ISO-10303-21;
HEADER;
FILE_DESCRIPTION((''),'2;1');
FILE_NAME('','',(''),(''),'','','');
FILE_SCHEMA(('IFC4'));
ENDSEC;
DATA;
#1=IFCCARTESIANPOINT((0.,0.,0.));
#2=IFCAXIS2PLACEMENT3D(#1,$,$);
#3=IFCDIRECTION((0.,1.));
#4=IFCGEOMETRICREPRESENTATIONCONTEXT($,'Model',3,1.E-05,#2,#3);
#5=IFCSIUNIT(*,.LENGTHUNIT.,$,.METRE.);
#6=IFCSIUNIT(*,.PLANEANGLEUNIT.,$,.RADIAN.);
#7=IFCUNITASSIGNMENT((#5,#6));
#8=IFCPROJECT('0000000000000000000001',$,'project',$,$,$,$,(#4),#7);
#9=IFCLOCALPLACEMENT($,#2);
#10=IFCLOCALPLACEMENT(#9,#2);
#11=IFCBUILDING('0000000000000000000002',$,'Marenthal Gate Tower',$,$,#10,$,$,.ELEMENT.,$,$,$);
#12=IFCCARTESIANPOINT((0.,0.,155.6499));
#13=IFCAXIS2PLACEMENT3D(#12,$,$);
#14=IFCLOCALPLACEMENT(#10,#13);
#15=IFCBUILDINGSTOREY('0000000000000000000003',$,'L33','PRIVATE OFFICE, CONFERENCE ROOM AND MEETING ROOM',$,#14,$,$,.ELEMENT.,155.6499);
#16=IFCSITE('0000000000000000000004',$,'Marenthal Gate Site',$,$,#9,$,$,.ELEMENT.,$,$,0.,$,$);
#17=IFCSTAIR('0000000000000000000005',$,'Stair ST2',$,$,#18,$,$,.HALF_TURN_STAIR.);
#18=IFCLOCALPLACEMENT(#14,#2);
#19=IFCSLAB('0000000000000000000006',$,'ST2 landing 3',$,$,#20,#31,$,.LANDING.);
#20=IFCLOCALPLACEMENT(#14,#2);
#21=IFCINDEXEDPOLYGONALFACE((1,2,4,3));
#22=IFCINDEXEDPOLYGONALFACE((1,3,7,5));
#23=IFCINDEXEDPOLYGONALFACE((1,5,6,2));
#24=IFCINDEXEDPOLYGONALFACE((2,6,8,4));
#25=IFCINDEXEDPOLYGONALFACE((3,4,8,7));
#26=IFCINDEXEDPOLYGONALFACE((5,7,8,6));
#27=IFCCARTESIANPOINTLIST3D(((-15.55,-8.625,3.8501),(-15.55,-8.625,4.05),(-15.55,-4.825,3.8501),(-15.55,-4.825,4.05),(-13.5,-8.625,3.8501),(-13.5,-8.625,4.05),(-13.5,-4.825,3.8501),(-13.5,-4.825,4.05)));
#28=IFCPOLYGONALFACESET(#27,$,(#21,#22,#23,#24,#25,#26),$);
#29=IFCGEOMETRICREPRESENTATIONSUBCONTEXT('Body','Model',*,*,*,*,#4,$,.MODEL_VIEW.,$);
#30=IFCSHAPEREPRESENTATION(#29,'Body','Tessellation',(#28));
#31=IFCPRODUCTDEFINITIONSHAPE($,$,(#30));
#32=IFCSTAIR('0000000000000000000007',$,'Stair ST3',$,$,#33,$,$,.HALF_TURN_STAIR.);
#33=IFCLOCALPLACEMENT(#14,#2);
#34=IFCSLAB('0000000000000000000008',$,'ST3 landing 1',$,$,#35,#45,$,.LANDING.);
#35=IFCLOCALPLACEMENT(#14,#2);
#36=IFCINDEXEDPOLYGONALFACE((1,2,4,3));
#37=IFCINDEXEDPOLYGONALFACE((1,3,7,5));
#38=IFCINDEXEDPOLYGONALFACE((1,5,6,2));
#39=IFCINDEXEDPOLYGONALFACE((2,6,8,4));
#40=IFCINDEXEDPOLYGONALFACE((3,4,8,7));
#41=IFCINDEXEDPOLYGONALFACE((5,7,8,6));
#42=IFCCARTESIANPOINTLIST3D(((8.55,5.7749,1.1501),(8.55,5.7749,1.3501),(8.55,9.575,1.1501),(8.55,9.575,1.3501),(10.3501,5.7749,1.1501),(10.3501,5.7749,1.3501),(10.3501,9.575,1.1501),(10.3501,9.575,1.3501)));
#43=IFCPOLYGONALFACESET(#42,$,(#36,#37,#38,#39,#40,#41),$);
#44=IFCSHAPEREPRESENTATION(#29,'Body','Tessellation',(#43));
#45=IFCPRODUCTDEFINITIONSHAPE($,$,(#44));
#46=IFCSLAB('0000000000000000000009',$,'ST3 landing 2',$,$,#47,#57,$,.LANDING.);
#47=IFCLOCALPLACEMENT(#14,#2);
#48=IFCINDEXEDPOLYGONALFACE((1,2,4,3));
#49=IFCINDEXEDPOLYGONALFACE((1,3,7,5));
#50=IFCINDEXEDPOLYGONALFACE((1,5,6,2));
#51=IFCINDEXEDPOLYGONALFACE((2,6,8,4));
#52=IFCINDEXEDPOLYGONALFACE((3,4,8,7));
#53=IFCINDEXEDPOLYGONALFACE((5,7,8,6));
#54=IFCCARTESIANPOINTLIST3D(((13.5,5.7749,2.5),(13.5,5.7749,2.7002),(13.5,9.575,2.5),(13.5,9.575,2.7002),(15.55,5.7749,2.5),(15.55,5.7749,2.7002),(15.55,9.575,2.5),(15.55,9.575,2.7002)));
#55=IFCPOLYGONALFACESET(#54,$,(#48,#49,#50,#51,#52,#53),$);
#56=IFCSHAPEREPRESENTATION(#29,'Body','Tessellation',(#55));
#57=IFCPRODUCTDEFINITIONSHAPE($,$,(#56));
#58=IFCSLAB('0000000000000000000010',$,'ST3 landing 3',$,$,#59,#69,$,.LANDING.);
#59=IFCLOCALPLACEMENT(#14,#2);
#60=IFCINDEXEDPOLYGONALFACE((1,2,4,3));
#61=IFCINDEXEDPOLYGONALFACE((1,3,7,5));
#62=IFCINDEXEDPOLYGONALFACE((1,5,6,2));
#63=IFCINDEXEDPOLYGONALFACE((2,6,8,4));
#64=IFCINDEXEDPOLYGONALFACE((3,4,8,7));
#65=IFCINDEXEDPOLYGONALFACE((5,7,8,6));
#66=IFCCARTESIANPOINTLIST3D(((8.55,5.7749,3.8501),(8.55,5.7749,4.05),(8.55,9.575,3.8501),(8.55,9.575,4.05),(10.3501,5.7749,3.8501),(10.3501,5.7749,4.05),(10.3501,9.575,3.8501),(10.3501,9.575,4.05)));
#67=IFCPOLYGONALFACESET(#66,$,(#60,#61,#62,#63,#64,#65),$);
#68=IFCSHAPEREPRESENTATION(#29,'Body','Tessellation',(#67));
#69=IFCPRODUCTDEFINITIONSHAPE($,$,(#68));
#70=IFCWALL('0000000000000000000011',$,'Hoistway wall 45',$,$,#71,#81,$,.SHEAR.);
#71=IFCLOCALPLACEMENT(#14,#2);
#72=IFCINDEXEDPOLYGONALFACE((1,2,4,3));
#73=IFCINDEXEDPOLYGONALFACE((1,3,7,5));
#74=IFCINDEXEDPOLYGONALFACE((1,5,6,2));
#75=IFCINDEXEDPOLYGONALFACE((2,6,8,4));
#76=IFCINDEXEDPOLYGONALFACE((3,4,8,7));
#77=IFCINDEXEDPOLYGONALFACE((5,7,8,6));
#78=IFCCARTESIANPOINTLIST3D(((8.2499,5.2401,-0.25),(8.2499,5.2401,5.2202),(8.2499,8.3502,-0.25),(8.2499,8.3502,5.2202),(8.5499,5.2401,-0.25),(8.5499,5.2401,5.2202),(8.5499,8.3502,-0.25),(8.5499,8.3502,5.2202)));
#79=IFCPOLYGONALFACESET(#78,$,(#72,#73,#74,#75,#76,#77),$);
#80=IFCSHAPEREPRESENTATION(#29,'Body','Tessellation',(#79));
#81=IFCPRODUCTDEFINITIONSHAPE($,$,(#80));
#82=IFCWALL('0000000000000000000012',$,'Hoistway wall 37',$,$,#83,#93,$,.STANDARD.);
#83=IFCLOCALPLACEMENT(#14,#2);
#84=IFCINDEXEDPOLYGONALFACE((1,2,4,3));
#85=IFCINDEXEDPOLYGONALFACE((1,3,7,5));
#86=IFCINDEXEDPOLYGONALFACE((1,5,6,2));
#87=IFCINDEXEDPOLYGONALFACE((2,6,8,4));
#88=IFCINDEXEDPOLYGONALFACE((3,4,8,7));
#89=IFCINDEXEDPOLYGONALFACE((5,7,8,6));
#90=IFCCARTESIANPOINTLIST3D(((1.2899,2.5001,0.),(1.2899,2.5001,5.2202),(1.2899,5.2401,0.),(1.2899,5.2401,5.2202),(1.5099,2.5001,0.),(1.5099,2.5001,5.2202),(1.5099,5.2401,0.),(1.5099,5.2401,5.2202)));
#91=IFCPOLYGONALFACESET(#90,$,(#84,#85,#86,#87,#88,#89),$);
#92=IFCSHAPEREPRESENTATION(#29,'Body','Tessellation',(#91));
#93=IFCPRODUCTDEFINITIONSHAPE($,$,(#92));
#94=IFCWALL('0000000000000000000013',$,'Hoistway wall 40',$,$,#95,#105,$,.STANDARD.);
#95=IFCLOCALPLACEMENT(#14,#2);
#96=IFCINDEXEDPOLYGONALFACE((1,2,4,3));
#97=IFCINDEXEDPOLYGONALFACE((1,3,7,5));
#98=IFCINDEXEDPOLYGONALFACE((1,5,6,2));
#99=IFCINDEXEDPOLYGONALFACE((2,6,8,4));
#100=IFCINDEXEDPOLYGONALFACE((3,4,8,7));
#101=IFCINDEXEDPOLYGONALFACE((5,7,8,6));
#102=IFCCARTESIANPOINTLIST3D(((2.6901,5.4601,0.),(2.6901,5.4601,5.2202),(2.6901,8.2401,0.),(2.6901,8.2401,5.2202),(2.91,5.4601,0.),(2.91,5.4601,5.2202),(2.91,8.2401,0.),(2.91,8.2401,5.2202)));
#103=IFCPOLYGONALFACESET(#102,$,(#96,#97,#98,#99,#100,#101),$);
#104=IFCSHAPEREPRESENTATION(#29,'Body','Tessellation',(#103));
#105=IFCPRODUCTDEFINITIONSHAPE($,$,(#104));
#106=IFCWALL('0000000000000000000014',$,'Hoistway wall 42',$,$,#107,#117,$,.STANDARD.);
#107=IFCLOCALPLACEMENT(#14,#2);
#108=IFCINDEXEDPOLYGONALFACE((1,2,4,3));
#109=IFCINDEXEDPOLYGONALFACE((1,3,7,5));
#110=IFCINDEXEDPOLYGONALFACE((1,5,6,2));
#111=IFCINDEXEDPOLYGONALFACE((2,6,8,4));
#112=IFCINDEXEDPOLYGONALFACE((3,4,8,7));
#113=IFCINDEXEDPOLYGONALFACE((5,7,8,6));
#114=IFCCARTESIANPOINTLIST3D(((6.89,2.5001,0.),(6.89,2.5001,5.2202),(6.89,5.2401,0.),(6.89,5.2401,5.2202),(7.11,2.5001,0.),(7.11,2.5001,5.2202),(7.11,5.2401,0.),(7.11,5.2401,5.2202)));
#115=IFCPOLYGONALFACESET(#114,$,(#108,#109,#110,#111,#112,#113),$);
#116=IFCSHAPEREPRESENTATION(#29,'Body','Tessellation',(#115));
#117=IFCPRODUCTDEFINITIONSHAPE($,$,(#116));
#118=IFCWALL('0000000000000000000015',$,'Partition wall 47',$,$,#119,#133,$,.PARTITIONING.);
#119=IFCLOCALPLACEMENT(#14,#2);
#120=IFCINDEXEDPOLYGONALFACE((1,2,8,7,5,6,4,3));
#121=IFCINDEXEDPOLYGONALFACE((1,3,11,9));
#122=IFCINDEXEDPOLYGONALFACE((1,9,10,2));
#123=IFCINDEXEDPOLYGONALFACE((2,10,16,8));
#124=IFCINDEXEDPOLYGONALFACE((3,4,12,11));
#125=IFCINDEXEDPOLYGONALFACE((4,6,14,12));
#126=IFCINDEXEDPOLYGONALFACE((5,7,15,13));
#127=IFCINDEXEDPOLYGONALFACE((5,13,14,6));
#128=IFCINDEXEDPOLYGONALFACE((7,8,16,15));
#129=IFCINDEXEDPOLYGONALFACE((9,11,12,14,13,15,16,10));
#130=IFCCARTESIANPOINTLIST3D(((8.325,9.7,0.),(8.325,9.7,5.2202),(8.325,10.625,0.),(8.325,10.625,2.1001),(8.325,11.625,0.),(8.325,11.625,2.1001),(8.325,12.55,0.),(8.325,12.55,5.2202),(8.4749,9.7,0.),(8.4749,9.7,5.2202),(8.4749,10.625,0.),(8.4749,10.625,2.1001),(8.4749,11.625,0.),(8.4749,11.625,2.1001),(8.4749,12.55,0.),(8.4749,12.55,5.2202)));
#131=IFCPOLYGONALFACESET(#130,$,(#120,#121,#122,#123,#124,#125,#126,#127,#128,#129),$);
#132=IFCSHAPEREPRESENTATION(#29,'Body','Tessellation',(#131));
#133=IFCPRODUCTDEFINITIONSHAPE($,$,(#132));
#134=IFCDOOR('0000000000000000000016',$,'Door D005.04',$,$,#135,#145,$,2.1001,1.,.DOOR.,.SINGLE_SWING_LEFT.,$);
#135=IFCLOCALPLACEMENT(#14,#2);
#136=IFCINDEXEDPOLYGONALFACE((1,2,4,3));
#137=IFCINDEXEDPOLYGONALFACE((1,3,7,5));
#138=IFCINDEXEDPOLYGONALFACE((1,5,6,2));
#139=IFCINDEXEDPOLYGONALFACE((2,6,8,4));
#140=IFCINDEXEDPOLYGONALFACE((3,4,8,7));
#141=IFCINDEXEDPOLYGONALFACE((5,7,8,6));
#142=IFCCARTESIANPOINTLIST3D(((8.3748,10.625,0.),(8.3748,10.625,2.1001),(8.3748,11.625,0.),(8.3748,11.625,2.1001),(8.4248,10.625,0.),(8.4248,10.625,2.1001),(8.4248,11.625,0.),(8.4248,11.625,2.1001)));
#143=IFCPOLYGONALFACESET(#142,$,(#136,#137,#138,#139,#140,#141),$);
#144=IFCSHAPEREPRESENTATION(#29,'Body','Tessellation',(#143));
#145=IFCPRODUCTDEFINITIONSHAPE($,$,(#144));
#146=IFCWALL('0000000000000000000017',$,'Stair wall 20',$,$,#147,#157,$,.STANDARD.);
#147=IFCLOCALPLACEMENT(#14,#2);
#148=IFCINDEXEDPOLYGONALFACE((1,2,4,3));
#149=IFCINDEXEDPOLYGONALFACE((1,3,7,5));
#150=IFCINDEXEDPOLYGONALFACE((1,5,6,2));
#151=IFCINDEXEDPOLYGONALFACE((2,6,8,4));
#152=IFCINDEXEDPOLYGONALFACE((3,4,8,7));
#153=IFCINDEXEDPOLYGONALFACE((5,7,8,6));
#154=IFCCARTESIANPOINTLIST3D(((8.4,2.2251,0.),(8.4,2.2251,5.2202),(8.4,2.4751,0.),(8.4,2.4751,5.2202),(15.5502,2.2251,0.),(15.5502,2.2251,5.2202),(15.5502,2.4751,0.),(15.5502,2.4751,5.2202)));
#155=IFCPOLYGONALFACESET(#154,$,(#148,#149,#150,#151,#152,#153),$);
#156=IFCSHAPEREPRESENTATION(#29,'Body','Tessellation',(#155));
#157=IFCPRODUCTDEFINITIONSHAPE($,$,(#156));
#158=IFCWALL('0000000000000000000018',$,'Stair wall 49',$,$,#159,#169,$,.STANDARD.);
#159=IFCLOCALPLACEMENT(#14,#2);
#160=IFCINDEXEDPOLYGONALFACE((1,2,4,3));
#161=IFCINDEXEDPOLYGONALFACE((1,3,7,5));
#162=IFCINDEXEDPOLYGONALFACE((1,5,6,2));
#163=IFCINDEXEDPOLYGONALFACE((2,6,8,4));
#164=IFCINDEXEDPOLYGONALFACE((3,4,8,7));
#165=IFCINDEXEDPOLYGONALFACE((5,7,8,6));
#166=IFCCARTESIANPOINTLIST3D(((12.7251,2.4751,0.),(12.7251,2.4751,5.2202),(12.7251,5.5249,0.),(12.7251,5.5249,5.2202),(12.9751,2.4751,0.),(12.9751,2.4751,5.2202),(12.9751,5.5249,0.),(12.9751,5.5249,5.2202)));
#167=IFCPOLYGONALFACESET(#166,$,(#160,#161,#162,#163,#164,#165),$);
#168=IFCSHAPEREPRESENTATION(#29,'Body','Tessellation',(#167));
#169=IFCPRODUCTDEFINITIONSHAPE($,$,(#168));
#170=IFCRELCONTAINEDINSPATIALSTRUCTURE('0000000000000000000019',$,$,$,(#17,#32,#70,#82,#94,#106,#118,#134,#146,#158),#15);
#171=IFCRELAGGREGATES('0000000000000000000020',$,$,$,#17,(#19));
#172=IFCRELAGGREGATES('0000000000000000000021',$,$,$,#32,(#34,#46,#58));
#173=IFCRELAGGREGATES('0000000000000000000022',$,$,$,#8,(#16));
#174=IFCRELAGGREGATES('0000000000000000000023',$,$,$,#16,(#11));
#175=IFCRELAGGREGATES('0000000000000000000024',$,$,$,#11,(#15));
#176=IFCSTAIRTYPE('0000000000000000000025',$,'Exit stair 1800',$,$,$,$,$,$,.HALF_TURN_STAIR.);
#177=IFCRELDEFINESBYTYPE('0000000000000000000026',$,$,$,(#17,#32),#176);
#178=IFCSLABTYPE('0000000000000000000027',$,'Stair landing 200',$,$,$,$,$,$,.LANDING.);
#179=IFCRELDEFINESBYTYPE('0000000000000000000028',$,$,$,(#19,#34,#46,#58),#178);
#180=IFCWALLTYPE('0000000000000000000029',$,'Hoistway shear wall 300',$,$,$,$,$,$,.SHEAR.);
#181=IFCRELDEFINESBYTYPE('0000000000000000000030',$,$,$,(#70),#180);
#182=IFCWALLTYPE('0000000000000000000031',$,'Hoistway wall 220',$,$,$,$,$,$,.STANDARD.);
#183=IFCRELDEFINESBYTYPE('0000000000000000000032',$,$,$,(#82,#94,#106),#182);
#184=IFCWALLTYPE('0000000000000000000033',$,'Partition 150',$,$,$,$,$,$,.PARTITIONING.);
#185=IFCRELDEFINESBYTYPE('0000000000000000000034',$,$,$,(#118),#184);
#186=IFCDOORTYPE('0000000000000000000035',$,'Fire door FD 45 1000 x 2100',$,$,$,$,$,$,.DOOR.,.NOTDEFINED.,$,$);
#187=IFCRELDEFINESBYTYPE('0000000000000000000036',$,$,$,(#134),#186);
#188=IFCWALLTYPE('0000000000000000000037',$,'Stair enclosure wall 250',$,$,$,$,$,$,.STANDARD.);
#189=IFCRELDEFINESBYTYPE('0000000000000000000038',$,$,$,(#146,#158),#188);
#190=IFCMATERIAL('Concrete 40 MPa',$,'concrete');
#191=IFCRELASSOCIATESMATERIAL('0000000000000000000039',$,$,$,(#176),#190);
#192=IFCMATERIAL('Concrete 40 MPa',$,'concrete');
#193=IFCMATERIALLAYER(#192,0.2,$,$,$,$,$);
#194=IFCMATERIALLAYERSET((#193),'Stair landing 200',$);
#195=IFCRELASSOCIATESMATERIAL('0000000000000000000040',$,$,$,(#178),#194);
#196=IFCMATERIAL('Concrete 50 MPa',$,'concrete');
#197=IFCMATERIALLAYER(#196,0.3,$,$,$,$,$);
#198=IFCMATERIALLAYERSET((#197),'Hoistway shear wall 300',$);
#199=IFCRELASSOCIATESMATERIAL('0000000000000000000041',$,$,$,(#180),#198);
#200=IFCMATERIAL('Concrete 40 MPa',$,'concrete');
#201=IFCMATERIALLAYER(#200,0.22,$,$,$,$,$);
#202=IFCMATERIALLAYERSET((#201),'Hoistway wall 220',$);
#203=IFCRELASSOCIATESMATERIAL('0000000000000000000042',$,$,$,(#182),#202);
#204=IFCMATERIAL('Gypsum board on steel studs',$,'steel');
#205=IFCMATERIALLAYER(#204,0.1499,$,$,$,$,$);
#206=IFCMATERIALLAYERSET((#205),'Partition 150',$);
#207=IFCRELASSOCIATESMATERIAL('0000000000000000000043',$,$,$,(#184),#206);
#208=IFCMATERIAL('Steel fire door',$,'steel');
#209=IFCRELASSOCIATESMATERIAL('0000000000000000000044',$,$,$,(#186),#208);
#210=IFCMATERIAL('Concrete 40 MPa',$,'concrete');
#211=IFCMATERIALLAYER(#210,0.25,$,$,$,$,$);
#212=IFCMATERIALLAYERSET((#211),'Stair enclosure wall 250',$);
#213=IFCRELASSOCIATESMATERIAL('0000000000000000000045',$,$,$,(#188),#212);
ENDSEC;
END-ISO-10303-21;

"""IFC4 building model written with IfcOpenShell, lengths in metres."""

from ifc_helpers import new_model, si_unit, direction, frame, frame_2d, origin, place, context, subcontext, project, spatial, polyline, rectangle, outline, extrude, material, layer, layer_set, type_object, element, fill, aggregate, save


model = new_model("IFC4")

# Units and contexts
model_context = context("Model", 3, precision=1e-05, world=origin(), true_north=direction((0.0, 1.0)))
body_context = subcontext(model_context, "Body", "Model", "MODEL_VIEW")
ifc_project = project(units=[si_unit("LENGTHUNIT", "METRE"), si_unit("PLANEANGLEUNIT", "RADIAN")], contexts=[model_context])

# Site, building, storey
site_placement = place(None, origin())
site = spatial("IfcSite", under=ifc_project, at=site_placement, Name="Marenthal Gate Site", CompositionType="ELEMENT", RefElevation=0.0)
building_placement = place(site_placement, origin())
building = spatial("IfcBuilding", under=site, at=building_placement, Name="Marenthal Gate Tower", CompositionType="ELEMENT")
storey_placement = place(building_placement, frame((0.0, 0.0, 155.6499)))
storey = spatial("IfcBuildingStorey", under=building, at=storey_placement, Name="L33", Description="PRIVATE OFFICE, CONFERENCE ROOM AND MEETING ROOM", CompositionType="ELEMENT", Elevation=155.6499)

# Stair, slab
ifc_material_1 = material(Name="Concrete 40 MPa", Category="concrete")
stair_type = type_object("IfcStairType", Name="Exit stair 1800", PredefinedType="HALF_TURN_STAIR", material=ifc_material_1)
stair_1_placement = place(storey_placement, origin())
stair_1 = element("IfcStair", 1, at=stair_1_placement, inside=storey, type_object=stair_type, Name="Stair ST2", PredefinedType="HALF_TURN_STAIR")
ifc_material_2 = material(Name="Concrete 40 MPa", Category="concrete")
ifc_layer_1 = layer(ifc_material_2, 0.2)
ifc_layer_set_1 = layer_set([ifc_layer_1], Name="Stair landing 200")
slab_type = type_object("IfcSlabType", Name="Stair landing 200", PredefinedType="LANDING", material=ifc_layer_set_1)
slab_1_placement = place(storey_placement, frame((0.0, 0.0, 3.8501)))
slab_1 = element("IfcSlab", 2, at=slab_1_placement, type_object=slab_type, Name="ST2 landing 3", PredefinedType="LANDING", context=body_context, shape_type="SweptSolid", body=[
    extrude(outline(polyline([(-15.55, -8.625), (-13.5, -8.625), (-13.5, -4.825), (-15.55, -4.825), (-15.55, -8.625)])), origin(), (0.0, 0.0, 1.0), 0.2),
])
aggregate(stair_1, [slab_1])

# Stair, slabs
stair_2_placement = place(storey_placement, origin())
stair_2 = element("IfcStair", 3, at=stair_2_placement, inside=storey, type_object=stair_type, Name="Stair ST3", PredefinedType="HALF_TURN_STAIR")
slab_2_placement = place(storey_placement, frame((0.0, 0.0, 1.1501)))
slab_2 = element("IfcSlab", 4, at=slab_2_placement, type_object=slab_type, Name="ST3 landing 1", PredefinedType="LANDING", context=body_context, shape_type="SweptSolid", body=[
    extrude(outline(polyline([(8.55, 5.7749), (10.3501, 5.7749), (10.3501, 9.575), (8.55, 9.575), (8.55, 5.7749)])), origin(), (0.0, 0.0, 1.0), 0.2),
])
slab_3_placement = place(storey_placement, frame((0.0, 0.0, 2.5)))
slab_3 = element("IfcSlab", 5, at=slab_3_placement, type_object=slab_type, Name="ST3 landing 2", PredefinedType="LANDING", context=body_context, shape_type="SweptSolid", body=[
    extrude(outline(polyline([(13.5, 5.7749), (15.55, 5.7749), (15.55, 9.575), (13.5, 9.575), (13.5, 5.7749)])), origin(), (0.0, 0.0, 1.0), 0.2002),
])
slab_4_placement = place(storey_placement, frame((0.0, 0.0, 3.8501)))
slab_4 = element("IfcSlab", 6, at=slab_4_placement, type_object=slab_type, Name="ST3 landing 3", PredefinedType="LANDING", context=body_context, shape_type="SweptSolid", body=[
    extrude(outline(polyline([(8.55, 5.7749), (10.3501, 5.7749), (10.3501, 9.575), (8.55, 9.575), (8.55, 5.7749)])), origin(), (0.0, 0.0, 1.0), 0.2),
])

# Walls
ifc_material_3 = material(Name="Concrete 50 MPa", Category="concrete")
ifc_layer_2 = layer(ifc_material_3, 0.3)
ifc_layer_set_2 = layer_set([ifc_layer_2], Name="Hoistway shear wall 300")
wall_type_1 = type_object("IfcWallType", Name="Hoistway shear wall 300", PredefinedType="SHEAR", material=ifc_layer_set_2)
wall_1_placement = place(storey_placement, frame((8.3999, 5.24, -0.25), z_axis=(0.0, 0.0, 1.0), x_axis=(0.0, 1.0, 0.0)))
element("IfcWall", 7, at=wall_1_placement, inside=storey, type_object=wall_type_1, Name="Hoistway wall 45", PredefinedType="SHEAR", context=body_context, shape_type="SweptSolid", body=[
    extrude(rectangle(XDim=3.1101, YDim=0.3, at=frame_2d((1.5552, 0.0))), origin(), (0.0, 0.0, 1.0), 5.4702),
])
ifc_material_4 = material(Name="Concrete 40 MPa", Category="concrete")
ifc_layer_3 = layer(ifc_material_4, 0.22)
ifc_layer_set_3 = layer_set([ifc_layer_3], Name="Hoistway wall 220")
wall_type_2 = type_object("IfcWallType", Name="Hoistway wall 220", PredefinedType="STANDARD", material=ifc_layer_set_3)
wall_2_placement = place(storey_placement, frame((1.3999, 2.5, 0.0), z_axis=(0.0, 0.0, 1.0), x_axis=(0.0, 1.0, 0.0)))
element("IfcWall", 8, at=wall_2_placement, inside=storey, type_object=wall_type_2, Name="Hoistway wall 37", PredefinedType="STANDARD", context=body_context, shape_type="SweptSolid", body=[
    extrude(rectangle(XDim=2.74, YDim=0.22, at=frame_2d((1.3701, 0.0))), origin(), (0.0, 0.0, 1.0), 5.2202),
])
wall_3_placement = place(storey_placement, frame((2.8, 5.46, 0.0), z_axis=(0.0, 0.0, 1.0), x_axis=(0.0, 1.0, 0.0)))
element("IfcWall", 9, at=wall_3_placement, inside=storey, type_object=wall_type_2, Name="Hoistway wall 40", PredefinedType="STANDARD", context=body_context, shape_type="SweptSolid", body=[
    extrude(rectangle(XDim=2.78, YDim=0.22, at=frame_2d((1.3901, 0.0))), origin(), (0.0, 0.0, 1.0), 5.2202),
])
wall_4_placement = place(storey_placement, frame((7.0, 2.5, 0.0), z_axis=(0.0, 0.0, 1.0), x_axis=(0.0, 1.0, 0.0)))
element("IfcWall", 10, at=wall_4_placement, inside=storey, type_object=wall_type_2, Name="Hoistway wall 42", PredefinedType="STANDARD", context=body_context, shape_type="SweptSolid", body=[
    extrude(rectangle(XDim=2.74, YDim=0.22, at=frame_2d((1.3701, 0.0))), origin(), (0.0, 0.0, 1.0), 5.2202),
])

# Wall, opening, door
ifc_material_5 = material(Name="Gypsum board on steel studs", Category="steel")
ifc_layer_4 = layer(ifc_material_5, 0.1499)
ifc_layer_set_4 = layer_set([ifc_layer_4], Name="Partition 150")
wall_type_3 = type_object("IfcWallType", Name="Partition 150", PredefinedType="PARTITIONING", material=ifc_layer_set_4)
wall_5_placement = place(storey_placement, frame((8.3999, 9.7, 0.0), z_axis=(0.0, 0.0, 1.0), x_axis=(0.0, 1.0, 0.0)))
wall_5 = element("IfcWall", 11, at=wall_5_placement, inside=storey, type_object=wall_type_3, Name="Partition wall 47", PredefinedType="PARTITIONING", context=body_context, shape_type="SweptSolid", body=[
    extrude(rectangle(XDim=2.8501, YDim=0.1499, at=frame_2d((1.425, 0.0))), origin(), (0.0, 0.0, 1.0), 5.2202),
])
opening_1_placement = place(wall_5_placement, frame((0.925, 0.0, 0.0)))
opening_1 = element("IfcOpeningElement", 12, at=opening_1_placement, cuts=wall_5, PredefinedType="OPENING", context=body_context, shape_type="SweptSolid", body=[
    extrude(rectangle(XDim=1.0, YDim=2.1001, at=frame_2d((0.5, 1.05))), frame((0.0, 0.085, 0.0), z_axis=(0.0, -1.0, 0.0), x_axis=(1.0, 0.0, 0.0)), (0.0, 0.0, 1.0), 0.1699),
])
ifc_material_6 = material(Name="Steel fire door", Category="steel")
door_type_1 = type_object("IfcDoorType", Name="Fire door FD 45 1000 x 2100", OperationType="NOTDEFINED", PredefinedType="DOOR", material=ifc_material_6)
door_1_placement = place(opening_1_placement, frame((1.0, 0.0, 0.0), z_axis=(0.0, 0.0, 1.0), x_axis=(-1.0, 0.0, 0.0)))
door_1 = element("IfcDoor", 13, at=door_1_placement, inside=storey, type_object=door_type_1, Name="Door D005.04", OperationType="SINGLE_SWING_LEFT", OverallHeight=2.1001, OverallWidth=1.0, PredefinedType="DOOR", context=body_context, shape_type="SweptSolid", body=[
    extrude(rectangle(XDim=1.0, YDim=2.1001, at=frame_2d((0.5, 1.05))), frame((0.0, 0.0249, 0.0), z_axis=(0.0, -1.0, 0.0), x_axis=(1.0, 0.0, 0.0)), (0.0, 0.0, 1.0), 0.05),
])
fill(opening_1, door_1)

# Walls
ifc_material_7 = material(Name="Concrete 40 MPa", Category="concrete")
ifc_layer_5 = layer(ifc_material_7, 0.25)
ifc_layer_set_5 = layer_set([ifc_layer_5], Name="Stair enclosure wall 250")
wall_type_4 = type_object("IfcWallType", Name="Stair enclosure wall 250", PredefinedType="STANDARD", material=ifc_layer_set_5)
wall_6_placement = place(storey_placement, frame((8.3999, 2.3501, 0.0), z_axis=(0.0, 0.0, 1.0), x_axis=(1.0, 0.0, 0.0)))
element("IfcWall", 14, at=wall_6_placement, inside=storey, type_object=wall_type_4, Name="Stair wall 20", PredefinedType="STANDARD", context=body_context, shape_type="SweptSolid", body=[
    extrude(rectangle(XDim=7.1501, YDim=0.25, at=frame_2d((3.5752, 0.0))), origin(), (0.0, 0.0, 1.0), 5.2202),
])
wall_7_placement = place(storey_placement, frame((12.8501, 2.4751, 0.0), z_axis=(0.0, 0.0, 1.0), x_axis=(0.0, 1.0, 0.0)))
element("IfcWall", 15, at=wall_7_placement, inside=storey, type_object=wall_type_4, Name="Stair wall 49", PredefinedType="STANDARD", context=body_context, shape_type="SweptSolid", body=[
    extrude(rectangle(XDim=3.0498, YDim=0.25, at=frame_2d((1.5249, 0.0))), origin(), (0.0, 0.0, 1.0), 5.2202),
])

aggregate(stair_2, [slab_2, slab_3, slab_4])

save(model, "model.ifc")
